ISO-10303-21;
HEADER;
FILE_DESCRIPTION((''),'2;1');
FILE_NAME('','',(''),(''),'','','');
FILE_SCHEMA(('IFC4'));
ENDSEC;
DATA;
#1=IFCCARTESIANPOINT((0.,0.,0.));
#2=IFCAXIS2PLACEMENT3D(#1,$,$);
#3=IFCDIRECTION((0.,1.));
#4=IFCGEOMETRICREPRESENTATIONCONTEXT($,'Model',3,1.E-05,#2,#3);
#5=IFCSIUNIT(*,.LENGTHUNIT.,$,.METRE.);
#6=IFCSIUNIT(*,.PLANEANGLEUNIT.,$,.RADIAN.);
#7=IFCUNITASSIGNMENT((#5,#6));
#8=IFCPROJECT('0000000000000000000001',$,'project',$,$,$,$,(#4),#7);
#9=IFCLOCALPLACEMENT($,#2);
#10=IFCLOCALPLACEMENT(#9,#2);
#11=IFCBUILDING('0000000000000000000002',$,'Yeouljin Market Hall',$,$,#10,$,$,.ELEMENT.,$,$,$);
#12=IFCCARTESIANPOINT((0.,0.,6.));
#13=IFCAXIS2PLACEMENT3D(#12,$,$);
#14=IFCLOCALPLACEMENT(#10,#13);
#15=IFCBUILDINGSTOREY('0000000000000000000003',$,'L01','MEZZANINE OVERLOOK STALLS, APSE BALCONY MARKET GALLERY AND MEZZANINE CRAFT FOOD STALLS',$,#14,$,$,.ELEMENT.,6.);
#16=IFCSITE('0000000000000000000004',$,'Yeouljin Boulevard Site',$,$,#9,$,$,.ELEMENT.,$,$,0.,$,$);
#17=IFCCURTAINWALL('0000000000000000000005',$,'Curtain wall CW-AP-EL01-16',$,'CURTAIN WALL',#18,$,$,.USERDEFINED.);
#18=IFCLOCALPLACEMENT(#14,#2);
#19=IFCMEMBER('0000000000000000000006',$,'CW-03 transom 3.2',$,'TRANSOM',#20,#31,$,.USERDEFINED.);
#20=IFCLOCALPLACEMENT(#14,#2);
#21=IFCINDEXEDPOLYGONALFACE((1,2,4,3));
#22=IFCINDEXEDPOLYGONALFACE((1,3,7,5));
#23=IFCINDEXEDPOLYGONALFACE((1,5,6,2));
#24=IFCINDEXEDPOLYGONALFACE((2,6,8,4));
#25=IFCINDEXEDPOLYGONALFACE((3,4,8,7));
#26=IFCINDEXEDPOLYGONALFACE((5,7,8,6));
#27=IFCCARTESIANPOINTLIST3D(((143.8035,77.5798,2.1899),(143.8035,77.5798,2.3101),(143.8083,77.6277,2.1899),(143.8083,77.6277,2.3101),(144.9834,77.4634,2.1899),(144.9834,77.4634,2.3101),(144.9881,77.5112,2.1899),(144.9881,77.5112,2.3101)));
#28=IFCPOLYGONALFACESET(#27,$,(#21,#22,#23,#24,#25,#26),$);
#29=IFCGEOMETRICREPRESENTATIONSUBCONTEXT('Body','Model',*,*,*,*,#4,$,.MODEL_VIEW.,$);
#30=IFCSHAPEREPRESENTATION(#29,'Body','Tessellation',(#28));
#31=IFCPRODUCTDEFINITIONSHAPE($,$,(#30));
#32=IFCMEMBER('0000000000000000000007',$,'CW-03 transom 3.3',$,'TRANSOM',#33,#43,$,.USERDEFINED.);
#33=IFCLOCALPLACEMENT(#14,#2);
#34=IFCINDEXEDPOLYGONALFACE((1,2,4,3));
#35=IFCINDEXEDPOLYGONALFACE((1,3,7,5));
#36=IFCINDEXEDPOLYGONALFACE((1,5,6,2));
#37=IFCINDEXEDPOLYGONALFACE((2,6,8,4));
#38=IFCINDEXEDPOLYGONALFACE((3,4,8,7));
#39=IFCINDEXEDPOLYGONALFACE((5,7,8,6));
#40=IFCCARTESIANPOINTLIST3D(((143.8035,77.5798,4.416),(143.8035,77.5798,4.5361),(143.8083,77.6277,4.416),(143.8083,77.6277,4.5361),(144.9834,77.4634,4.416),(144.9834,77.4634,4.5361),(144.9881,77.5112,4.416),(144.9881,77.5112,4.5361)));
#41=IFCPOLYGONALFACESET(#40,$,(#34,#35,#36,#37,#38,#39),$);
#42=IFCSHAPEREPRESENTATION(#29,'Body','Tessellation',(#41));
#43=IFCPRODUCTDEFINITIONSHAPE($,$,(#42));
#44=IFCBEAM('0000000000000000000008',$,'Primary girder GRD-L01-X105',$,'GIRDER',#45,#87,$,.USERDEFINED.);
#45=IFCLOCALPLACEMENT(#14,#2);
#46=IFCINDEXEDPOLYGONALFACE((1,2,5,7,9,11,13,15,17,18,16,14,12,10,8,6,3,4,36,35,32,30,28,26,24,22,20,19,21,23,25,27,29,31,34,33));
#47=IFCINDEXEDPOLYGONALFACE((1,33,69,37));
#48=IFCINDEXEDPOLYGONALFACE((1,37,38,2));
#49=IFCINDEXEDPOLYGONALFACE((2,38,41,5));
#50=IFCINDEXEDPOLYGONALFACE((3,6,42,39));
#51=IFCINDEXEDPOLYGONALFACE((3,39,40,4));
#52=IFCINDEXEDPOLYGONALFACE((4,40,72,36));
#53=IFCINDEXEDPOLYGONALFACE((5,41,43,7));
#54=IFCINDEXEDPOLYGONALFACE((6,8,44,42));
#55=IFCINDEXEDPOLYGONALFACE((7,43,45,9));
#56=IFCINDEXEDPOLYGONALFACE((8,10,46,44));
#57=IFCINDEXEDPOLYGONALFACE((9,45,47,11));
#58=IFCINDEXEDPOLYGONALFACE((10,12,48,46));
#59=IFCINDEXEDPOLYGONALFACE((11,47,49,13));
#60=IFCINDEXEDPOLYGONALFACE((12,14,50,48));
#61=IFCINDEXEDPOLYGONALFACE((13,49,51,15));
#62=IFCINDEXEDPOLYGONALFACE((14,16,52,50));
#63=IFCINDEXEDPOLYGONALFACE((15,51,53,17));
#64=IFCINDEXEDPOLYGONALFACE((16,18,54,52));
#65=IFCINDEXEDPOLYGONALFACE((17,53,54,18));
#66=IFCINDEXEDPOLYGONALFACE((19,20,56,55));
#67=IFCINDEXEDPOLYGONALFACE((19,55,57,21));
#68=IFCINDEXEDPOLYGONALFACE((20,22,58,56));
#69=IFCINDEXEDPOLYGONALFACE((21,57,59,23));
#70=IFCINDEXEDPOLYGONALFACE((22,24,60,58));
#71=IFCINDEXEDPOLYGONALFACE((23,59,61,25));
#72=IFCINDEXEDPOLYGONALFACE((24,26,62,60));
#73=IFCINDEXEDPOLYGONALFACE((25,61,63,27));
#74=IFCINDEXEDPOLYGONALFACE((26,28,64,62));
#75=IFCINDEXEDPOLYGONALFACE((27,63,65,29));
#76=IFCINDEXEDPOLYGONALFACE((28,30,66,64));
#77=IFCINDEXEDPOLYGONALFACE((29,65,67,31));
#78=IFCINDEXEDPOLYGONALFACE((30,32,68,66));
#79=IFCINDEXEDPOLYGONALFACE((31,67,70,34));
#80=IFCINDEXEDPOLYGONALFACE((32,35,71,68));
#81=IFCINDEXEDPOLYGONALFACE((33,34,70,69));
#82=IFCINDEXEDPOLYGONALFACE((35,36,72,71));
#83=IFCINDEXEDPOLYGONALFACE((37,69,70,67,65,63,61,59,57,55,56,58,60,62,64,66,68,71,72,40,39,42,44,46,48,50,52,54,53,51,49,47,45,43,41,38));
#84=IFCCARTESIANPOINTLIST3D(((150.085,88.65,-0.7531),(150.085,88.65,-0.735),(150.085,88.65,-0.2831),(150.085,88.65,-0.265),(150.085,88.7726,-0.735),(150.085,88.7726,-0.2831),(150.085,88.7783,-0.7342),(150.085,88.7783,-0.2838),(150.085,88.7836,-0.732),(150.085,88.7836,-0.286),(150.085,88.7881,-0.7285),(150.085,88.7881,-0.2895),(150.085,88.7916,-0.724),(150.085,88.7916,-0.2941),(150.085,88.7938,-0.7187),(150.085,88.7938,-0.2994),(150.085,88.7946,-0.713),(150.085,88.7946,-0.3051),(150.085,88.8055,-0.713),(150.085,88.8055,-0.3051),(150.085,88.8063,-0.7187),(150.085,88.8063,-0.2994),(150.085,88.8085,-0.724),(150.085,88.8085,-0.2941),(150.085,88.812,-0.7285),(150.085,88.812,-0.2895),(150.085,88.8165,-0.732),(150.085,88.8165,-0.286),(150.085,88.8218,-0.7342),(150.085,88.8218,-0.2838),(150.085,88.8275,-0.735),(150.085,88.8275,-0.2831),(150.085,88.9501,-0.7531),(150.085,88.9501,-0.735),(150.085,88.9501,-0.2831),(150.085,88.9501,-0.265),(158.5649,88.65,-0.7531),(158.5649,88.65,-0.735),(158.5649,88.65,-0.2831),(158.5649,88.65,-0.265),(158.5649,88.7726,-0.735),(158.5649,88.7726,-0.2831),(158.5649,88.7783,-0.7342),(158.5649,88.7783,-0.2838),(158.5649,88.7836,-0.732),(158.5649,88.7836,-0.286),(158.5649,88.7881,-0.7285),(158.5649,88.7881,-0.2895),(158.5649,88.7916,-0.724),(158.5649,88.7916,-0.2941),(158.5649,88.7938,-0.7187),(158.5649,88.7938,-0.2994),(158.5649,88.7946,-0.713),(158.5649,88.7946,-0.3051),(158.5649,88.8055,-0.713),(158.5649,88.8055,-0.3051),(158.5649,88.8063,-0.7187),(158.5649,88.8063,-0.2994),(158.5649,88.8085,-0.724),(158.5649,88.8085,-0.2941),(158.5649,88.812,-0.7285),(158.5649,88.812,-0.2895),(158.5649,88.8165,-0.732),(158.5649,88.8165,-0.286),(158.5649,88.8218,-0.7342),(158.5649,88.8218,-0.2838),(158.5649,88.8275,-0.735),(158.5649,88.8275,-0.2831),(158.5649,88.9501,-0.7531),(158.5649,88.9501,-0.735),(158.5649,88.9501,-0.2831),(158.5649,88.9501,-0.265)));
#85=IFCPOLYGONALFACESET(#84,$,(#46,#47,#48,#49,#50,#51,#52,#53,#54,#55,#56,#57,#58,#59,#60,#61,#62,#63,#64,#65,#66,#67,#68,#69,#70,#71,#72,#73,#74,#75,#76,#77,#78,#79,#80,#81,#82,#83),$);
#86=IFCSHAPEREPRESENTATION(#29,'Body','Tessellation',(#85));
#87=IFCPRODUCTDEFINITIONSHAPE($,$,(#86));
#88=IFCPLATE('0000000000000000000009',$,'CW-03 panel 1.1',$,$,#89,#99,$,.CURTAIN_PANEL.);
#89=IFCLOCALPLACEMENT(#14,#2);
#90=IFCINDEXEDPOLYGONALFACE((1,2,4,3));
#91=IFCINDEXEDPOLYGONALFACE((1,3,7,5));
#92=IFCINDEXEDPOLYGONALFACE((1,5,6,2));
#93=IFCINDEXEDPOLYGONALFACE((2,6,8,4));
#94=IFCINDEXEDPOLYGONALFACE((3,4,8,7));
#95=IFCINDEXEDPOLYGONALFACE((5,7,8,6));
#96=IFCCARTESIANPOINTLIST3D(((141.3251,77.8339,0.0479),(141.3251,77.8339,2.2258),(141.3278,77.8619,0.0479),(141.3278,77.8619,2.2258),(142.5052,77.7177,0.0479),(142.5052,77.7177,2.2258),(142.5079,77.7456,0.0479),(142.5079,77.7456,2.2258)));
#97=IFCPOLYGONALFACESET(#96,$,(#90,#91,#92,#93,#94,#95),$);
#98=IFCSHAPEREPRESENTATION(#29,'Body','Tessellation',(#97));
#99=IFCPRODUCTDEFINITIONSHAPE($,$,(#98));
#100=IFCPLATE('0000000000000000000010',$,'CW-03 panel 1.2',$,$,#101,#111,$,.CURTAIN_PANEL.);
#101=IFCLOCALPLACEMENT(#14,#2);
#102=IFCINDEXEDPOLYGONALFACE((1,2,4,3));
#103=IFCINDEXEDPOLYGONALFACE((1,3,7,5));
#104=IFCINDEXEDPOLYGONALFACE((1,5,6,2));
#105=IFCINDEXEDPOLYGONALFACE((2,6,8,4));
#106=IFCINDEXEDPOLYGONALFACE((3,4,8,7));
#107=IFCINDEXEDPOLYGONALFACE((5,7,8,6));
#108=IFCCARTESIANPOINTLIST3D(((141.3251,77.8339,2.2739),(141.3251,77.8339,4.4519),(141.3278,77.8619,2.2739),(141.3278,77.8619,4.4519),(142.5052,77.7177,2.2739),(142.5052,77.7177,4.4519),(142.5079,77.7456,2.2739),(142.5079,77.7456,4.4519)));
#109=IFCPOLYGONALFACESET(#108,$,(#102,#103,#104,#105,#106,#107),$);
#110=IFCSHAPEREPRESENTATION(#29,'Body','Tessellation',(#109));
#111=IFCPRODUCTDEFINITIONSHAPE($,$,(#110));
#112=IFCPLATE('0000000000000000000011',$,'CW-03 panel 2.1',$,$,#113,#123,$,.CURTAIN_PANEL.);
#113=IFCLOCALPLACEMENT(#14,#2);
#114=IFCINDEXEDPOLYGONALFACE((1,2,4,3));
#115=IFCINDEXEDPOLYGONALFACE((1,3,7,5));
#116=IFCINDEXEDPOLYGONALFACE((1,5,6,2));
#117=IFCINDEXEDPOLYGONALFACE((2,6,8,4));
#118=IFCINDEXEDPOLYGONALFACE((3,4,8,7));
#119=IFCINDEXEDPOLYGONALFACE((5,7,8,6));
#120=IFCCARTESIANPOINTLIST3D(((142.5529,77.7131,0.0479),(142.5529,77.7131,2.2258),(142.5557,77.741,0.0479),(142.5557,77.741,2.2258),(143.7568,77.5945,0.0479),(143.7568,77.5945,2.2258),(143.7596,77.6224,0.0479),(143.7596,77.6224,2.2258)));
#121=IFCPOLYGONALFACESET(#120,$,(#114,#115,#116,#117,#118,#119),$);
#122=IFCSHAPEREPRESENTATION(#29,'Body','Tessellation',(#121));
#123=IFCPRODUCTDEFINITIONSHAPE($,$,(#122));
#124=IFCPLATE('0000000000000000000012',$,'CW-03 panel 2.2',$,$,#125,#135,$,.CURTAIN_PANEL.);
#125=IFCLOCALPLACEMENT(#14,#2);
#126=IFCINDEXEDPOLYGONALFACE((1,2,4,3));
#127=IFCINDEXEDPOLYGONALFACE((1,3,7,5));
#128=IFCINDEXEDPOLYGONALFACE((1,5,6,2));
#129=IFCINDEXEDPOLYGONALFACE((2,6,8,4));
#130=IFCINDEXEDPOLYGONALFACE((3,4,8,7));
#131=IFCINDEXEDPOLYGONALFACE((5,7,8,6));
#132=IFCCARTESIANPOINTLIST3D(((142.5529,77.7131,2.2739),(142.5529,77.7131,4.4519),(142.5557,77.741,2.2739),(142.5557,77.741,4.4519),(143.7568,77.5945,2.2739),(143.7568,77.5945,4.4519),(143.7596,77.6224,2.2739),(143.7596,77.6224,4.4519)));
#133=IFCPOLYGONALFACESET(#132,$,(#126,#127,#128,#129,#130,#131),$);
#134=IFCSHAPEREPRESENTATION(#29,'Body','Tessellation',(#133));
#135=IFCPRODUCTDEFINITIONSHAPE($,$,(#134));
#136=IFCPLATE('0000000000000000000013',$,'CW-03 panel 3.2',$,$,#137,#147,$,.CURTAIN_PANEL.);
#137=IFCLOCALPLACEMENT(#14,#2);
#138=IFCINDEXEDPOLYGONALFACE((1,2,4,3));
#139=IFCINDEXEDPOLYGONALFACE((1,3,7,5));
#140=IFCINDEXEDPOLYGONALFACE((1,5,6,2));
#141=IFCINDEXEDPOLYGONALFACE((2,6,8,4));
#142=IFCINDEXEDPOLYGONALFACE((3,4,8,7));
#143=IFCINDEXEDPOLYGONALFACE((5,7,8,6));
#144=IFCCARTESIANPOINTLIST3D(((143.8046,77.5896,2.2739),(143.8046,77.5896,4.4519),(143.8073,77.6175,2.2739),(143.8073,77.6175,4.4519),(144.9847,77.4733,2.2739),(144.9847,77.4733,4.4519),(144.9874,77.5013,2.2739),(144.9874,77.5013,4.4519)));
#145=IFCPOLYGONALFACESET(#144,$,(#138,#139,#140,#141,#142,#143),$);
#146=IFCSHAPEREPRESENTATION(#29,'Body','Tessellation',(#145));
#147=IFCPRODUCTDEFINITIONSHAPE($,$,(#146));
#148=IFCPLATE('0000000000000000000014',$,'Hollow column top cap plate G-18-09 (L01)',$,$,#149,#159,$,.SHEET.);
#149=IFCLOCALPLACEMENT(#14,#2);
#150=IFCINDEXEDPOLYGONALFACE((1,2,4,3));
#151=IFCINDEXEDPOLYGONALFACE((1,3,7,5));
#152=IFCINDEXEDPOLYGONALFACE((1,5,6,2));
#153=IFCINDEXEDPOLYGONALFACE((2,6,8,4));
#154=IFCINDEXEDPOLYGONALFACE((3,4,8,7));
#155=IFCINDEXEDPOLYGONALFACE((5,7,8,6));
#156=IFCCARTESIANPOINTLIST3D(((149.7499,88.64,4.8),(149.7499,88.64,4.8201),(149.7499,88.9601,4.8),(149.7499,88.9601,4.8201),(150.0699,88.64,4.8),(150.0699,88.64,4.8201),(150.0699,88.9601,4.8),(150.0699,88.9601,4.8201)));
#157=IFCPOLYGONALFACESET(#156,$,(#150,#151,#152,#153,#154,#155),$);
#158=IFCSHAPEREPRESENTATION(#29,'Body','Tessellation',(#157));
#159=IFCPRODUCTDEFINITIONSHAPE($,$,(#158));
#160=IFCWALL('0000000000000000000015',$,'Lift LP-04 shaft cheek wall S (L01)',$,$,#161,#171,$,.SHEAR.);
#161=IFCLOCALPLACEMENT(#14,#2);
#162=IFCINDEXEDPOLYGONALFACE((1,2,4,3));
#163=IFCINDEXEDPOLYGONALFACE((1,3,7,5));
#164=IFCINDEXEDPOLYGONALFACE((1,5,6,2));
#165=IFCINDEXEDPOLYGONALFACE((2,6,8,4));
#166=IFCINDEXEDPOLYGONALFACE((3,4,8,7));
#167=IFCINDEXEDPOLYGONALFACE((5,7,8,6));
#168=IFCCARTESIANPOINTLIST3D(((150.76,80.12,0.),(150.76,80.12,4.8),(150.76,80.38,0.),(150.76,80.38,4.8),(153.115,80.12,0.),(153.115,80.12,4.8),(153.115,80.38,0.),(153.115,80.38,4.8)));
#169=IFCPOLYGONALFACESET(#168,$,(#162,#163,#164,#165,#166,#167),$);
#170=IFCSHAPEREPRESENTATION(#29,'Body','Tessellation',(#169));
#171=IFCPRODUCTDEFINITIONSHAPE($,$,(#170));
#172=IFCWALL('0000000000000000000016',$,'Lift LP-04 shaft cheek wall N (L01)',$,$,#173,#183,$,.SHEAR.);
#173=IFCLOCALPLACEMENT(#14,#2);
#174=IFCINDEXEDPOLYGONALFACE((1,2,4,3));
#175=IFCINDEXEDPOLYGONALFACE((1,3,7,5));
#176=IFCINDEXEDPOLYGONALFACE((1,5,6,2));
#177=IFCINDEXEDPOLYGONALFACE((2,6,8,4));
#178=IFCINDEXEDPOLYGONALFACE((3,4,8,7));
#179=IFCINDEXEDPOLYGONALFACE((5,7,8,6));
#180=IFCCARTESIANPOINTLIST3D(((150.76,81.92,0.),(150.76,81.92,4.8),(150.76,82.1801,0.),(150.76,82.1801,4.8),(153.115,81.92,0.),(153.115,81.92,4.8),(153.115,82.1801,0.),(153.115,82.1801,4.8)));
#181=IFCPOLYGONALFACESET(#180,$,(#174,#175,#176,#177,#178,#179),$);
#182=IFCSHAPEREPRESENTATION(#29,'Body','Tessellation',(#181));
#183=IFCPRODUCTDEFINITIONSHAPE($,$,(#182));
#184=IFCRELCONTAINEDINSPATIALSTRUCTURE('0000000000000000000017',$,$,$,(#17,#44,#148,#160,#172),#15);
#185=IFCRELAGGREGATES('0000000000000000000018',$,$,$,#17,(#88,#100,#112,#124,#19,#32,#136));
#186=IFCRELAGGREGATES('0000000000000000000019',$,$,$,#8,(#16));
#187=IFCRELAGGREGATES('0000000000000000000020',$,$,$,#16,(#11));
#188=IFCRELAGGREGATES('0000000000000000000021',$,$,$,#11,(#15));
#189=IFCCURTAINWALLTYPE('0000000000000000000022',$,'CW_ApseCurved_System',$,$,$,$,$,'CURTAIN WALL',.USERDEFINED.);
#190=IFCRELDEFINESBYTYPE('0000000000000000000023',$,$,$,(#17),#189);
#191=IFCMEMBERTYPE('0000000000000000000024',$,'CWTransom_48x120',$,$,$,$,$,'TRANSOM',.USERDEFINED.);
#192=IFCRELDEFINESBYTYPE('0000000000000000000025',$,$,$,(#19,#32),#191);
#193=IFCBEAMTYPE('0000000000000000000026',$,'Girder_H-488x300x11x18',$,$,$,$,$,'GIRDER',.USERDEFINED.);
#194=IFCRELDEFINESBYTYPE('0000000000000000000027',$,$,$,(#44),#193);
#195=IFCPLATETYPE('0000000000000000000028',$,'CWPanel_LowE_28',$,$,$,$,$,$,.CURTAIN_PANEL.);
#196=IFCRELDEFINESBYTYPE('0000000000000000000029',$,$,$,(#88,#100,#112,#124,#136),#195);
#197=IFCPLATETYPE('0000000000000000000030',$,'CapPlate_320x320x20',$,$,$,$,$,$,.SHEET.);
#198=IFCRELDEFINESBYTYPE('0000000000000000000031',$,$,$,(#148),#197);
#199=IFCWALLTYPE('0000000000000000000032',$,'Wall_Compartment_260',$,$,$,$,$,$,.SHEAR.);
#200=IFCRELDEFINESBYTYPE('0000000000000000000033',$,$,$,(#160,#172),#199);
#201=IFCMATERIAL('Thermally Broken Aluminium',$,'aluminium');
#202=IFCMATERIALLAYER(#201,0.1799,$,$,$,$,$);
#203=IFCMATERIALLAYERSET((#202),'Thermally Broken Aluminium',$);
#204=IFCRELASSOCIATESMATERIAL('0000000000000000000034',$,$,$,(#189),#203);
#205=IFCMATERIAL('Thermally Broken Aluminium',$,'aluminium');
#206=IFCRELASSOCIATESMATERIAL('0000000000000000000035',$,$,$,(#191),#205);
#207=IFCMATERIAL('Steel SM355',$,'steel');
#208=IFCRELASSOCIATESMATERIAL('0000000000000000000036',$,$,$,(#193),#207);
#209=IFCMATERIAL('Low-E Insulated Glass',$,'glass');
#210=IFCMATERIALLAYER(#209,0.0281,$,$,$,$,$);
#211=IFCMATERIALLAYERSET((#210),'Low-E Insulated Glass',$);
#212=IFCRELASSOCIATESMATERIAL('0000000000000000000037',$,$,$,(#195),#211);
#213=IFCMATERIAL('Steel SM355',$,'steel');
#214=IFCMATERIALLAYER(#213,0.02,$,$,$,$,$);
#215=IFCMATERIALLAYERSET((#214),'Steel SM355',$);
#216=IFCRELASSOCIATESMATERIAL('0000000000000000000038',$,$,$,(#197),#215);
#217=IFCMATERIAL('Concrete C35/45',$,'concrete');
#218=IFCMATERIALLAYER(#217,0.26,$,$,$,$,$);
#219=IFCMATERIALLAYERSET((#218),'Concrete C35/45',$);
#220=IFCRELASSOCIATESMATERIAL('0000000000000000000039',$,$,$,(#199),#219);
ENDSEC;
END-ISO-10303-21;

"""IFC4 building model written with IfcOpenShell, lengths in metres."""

from ifc_helpers import new_model, si_unit, direction, frame, frame_2d, origin, origin_2d, place, context, subcontext, project, spatial, rectangle, i_section, extrude, material, layer, layer_set, material_profile, profile_set, type_object, element, aggregate, save


model = new_model("IFC4")

# Units and contexts
model_context = context("Model", 3, precision=1e-05, world=origin(), true_north=direction((0.0, 1.0)))
body_context = subcontext(model_context, "Body", "Model", "MODEL_VIEW")
ifc_project = project(units=[si_unit("LENGTHUNIT", "METRE"), si_unit("PLANEANGLEUNIT", "RADIAN")], contexts=[model_context])

# Site, building, storey
site_placement = place(None, origin())
site = spatial("IfcSite", under=ifc_project, at=site_placement, Name="Yeouljin Boulevard Site", CompositionType="ELEMENT", RefElevation=0.0)
building_placement = place(site_placement, origin())
building = spatial("IfcBuilding", under=site, at=building_placement, Name="Yeouljin Market Hall", CompositionType="ELEMENT")
storey_placement = place(building_placement, frame((0.0, 0.0, 6.0)))
storey = spatial("IfcBuildingStorey", under=building, at=storey_placement, Name="L01", Description="MEZZANINE OVERLOOK STALLS, APSE BALCONY MARKET GALLERY AND MEZZANINE CRAFT FOOD STALLS", CompositionType="ELEMENT", Elevation=6.0)

# Curtain wall, members
ifc_material_1 = material(Name="Thermally Broken Aluminium", Category="aluminium")
ifc_layer_1 = layer(ifc_material_1, 0.1799)
ifc_layer_set_1 = layer_set([ifc_layer_1], Name="Thermally Broken Aluminium")
curtain_wall_type = type_object("IfcCurtainWallType", Name="CW_ApseCurved_System", ElementType="CURTAIN WALL", PredefinedType="USERDEFINED", material=ifc_layer_set_1)
curtain_wall_placement = place(storey_placement, origin())
curtain_wall = element("IfcCurtainWall", 1, at=curtain_wall_placement, inside=storey, type_object=curtain_wall_type, Name="Curtain wall CW-AP-EL01-16", ObjectType="CURTAIN WALL", PredefinedType="USERDEFINED")
ifc_material_2 = material(Name="Thermally Broken Aluminium", Category="aluminium")
ifc_material_profile_1 = material_profile(ifc_material_2, rectangle(XDim=0.0481, YDim=0.1201, at=origin_2d()), Name="CW-TRAN-48x120")
ifc_profile_set_1 = profile_set([ifc_material_profile_1], Name="Thermally Broken Aluminium")
member_type_1 = type_object("IfcMemberType", Name="CWTransom_48x120", ElementType="TRANSOM", PredefinedType="USERDEFINED", material=ifc_profile_set_1)
member_1_placement = place(storey_placement, frame((143.8059, 77.6038, 2.25), z_axis=(0.995165, -0.098219, 0.0), x_axis=(0.098219, 0.995165, 0.0)))
member_1 = element("IfcMember", 2, at=member_1_placement, type_object=member_type_1, Name="CW-03 transom 3.2", ObjectType="TRANSOM", PredefinedType="USERDEFINED", context=body_context, shape_type="SweptSolid", body=[
    extrude(rectangle(XDim=0.0481, YDim=0.1201, at=origin_2d()), origin(), (0.0, 0.0, 1.0), 1.1855),
])
member_2_placement = place(storey_placement, frame((143.8059, 77.6038, 4.4761), z_axis=(0.995165, -0.098219, 0.0), x_axis=(0.098219, 0.995165, 0.0)))
member_2 = element("IfcMember", 3, at=member_2_placement, type_object=member_type_1, Name="CW-03 transom 3.3", ObjectType="TRANSOM", PredefinedType="USERDEFINED", context=body_context, shape_type="SweptSolid", body=[
    extrude(rectangle(XDim=0.0481, YDim=0.1201, at=origin_2d()), origin(), (0.0, 0.0, 1.0), 1.1855),
])

# Beam
ifc_material_3 = material(Name="Steel SM355", Category="steel")
ifc_material_profile_2 = material_profile(ifc_material_3, i_section(OverallWidth=0.3, OverallDepth=0.488, WebThickness=0.011, FlangeThickness=0.0181, FilletRadius=0.022, at=origin_2d()), Name="H-488x300x11x18")
ifc_profile_set_2 = profile_set([ifc_material_profile_2], Name="Steel SM355")
beam_type = type_object("IfcBeamType", Name="Girder_H-488x300x11x18", ElementType="GIRDER", PredefinedType="USERDEFINED", material=ifc_profile_set_2)
beam_placement = place(storey_placement, frame((150.085, 88.8, -0.509), z_axis=(1.0, 0.0, 0.0), x_axis=(0.0, 1.0, 0.0)))
element("IfcBeam", 4, at=beam_placement, inside=storey, type_object=beam_type, Name="Primary girder GRD-L01-X105", ObjectType="GIRDER", PredefinedType="USERDEFINED", context=body_context, shape_type="SweptSolid", body=[
    extrude(i_section(OverallWidth=0.3, OverallDepth=0.488, WebThickness=0.011, FlangeThickness=0.0181, FilletRadius=0.022, at=origin_2d()), origin(), (0.0, 0.0, 1.0), 8.48),
])

# Plates
ifc_material_4 = material(Name="Low-E Insulated Glass", Category="glass")
ifc_layer_2 = layer(ifc_material_4, 0.0281)
ifc_layer_set_2 = layer_set([ifc_layer_2], Name="Low-E Insulated Glass")
plate_type_1 = type_object("IfcPlateType", Name="CWPanel_LowE_28", PredefinedType="CURTAIN_PANEL", material=ifc_layer_set_2)
plate_1_placement = place(storey_placement, frame((141.9165, 77.7898, 0.0479), z_axis=(0.0, 0.0, 1.0), x_axis=(0.995183, -0.098034, 0.0)))
plate_1 = element("IfcPlate", 5, at=plate_1_placement, type_object=plate_type_1, Name="CW-03 panel 1.1", PredefinedType="CURTAIN_PANEL", context=body_context, shape_type="SweptSolid", body=[
    extrude(rectangle(XDim=1.1858, YDim=0.0281, at=origin_2d()), origin(), (0.0, 0.0, 1.0), 2.178),
])
plate_2_placement = place(storey_placement, frame((141.9165, 77.7898, 2.2739), z_axis=(0.0, 0.0, 1.0), x_axis=(0.995183, -0.098034, 0.0)))
plate_2 = element("IfcPlate", 6, at=plate_2_placement, type_object=plate_type_1, Name="CW-03 panel 1.2", PredefinedType="CURTAIN_PANEL", context=body_context, shape_type="SweptSolid", body=[
    extrude(rectangle(XDim=1.1858, YDim=0.0281, at=origin_2d()), origin(), (0.0, 0.0, 1.0), 2.178),
])
plate_3_placement = place(storey_placement, frame((143.1562, 77.6677, 0.0479), z_axis=(0.0, 0.0, 1.0), x_axis=(0.995183, -0.098034, 0.0)))
plate_3 = element("IfcPlate", 7, at=plate_3_placement, type_object=plate_type_1, Name="CW-03 panel 2.1", PredefinedType="CURTAIN_PANEL", context=body_context, shape_type="SweptSolid", body=[
    extrude(rectangle(XDim=1.2097, YDim=0.0281, at=origin_2d()), origin(), (0.0, 0.0, 1.0), 2.178),
])
plate_4_placement = place(storey_placement, frame((143.1562, 77.6677, 2.2739), z_axis=(0.0, 0.0, 1.0), x_axis=(0.995183, -0.098034, 0.0)))
plate_4 = element("IfcPlate", 8, at=plate_4_placement, type_object=plate_type_1, Name="CW-03 panel 2.2", PredefinedType="CURTAIN_PANEL", context=body_context, shape_type="SweptSolid", body=[
    extrude(rectangle(XDim=1.2097, YDim=0.0281, at=origin_2d()), origin(), (0.0, 0.0, 1.0), 2.178),
])
plate_5_placement = place(storey_placement, frame((144.396, 77.5454, 2.2739), z_axis=(0.0, 0.0, 1.0), x_axis=(0.995183, -0.098034, 0.0)))
plate_5 = element("IfcPlate", 9, at=plate_5_placement, type_object=plate_type_1, Name="CW-03 panel 3.2", PredefinedType="CURTAIN_PANEL", context=body_context, shape_type="SweptSolid", body=[
    extrude(rectangle(XDim=1.1858, YDim=0.0281, at=origin_2d()), origin(), (0.0, 0.0, 1.0), 2.178),
])
aggregate(curtain_wall, [plate_1, plate_2, plate_3, plate_4, member_1, member_2, plate_5])
ifc_material_5 = material(Name="Steel SM355", Category="steel")
ifc_layer_3 = layer(ifc_material_5, 0.02)
ifc_layer_set_3 = layer_set([ifc_layer_3], Name="Steel SM355")
plate_type_2 = type_object("IfcPlateType", Name="CapPlate_320x320x20", PredefinedType="SHEET", material=ifc_layer_set_3)
plate_6_placement = place(storey_placement, frame((149.9099, 88.8, 4.8), z_axis=(0.0, 0.0, 1.0), x_axis=(1.0, 0.0, 0.0)))
element("IfcPlate", 10, at=plate_6_placement, inside=storey, type_object=plate_type_2, Name="Hollow column top cap plate G-18-09 (L01)", PredefinedType="SHEET", context=body_context, shape_type="SweptSolid", body=[
    extrude(rectangle(XDim=0.3201, YDim=0.3201, at=origin_2d()), origin(), (0.0, 0.0, 1.0), 0.02),
])

# Walls
ifc_material_6 = material(Name="Concrete C35/45", Category="concrete")
ifc_layer_4 = layer(ifc_material_6, 0.26)
ifc_layer_set_4 = layer_set([ifc_layer_4], Name="Concrete C35/45")
wall_type_1 = type_object("IfcWallType", Name="Wall_Compartment_260", PredefinedType="SHEAR", material=ifc_layer_set_4)
for number, where, z_axis, x_axis, name in (
    (11, (150.76, 80.25, 0.0), (0.0, 0.0, 1.0), (1.0, 0.0, 0.0), "Lift LP-04 shaft cheek wall S (L01)"),
    (12, (150.76, 82.05, 0.0), (0.0, 0.0, 1.0), (1.0, 0.0, 0.0), "Lift LP-04 shaft cheek wall N (L01)"),
):
    element("IfcWall", number, at=place(storey_placement, frame(where, z_axis=z_axis, x_axis=x_axis)), inside=storey, type_object=wall_type_1, Name=name, PredefinedType="SHEAR", context=body_context, shape_type="SweptSolid", body=[
        extrude(rectangle(XDim=2.355, YDim=0.26, at=frame_2d((1.1775, 0.0))), origin(), (0.0, 0.0, 1.0), 4.8),
    ])

save(model, "model.ifc")
